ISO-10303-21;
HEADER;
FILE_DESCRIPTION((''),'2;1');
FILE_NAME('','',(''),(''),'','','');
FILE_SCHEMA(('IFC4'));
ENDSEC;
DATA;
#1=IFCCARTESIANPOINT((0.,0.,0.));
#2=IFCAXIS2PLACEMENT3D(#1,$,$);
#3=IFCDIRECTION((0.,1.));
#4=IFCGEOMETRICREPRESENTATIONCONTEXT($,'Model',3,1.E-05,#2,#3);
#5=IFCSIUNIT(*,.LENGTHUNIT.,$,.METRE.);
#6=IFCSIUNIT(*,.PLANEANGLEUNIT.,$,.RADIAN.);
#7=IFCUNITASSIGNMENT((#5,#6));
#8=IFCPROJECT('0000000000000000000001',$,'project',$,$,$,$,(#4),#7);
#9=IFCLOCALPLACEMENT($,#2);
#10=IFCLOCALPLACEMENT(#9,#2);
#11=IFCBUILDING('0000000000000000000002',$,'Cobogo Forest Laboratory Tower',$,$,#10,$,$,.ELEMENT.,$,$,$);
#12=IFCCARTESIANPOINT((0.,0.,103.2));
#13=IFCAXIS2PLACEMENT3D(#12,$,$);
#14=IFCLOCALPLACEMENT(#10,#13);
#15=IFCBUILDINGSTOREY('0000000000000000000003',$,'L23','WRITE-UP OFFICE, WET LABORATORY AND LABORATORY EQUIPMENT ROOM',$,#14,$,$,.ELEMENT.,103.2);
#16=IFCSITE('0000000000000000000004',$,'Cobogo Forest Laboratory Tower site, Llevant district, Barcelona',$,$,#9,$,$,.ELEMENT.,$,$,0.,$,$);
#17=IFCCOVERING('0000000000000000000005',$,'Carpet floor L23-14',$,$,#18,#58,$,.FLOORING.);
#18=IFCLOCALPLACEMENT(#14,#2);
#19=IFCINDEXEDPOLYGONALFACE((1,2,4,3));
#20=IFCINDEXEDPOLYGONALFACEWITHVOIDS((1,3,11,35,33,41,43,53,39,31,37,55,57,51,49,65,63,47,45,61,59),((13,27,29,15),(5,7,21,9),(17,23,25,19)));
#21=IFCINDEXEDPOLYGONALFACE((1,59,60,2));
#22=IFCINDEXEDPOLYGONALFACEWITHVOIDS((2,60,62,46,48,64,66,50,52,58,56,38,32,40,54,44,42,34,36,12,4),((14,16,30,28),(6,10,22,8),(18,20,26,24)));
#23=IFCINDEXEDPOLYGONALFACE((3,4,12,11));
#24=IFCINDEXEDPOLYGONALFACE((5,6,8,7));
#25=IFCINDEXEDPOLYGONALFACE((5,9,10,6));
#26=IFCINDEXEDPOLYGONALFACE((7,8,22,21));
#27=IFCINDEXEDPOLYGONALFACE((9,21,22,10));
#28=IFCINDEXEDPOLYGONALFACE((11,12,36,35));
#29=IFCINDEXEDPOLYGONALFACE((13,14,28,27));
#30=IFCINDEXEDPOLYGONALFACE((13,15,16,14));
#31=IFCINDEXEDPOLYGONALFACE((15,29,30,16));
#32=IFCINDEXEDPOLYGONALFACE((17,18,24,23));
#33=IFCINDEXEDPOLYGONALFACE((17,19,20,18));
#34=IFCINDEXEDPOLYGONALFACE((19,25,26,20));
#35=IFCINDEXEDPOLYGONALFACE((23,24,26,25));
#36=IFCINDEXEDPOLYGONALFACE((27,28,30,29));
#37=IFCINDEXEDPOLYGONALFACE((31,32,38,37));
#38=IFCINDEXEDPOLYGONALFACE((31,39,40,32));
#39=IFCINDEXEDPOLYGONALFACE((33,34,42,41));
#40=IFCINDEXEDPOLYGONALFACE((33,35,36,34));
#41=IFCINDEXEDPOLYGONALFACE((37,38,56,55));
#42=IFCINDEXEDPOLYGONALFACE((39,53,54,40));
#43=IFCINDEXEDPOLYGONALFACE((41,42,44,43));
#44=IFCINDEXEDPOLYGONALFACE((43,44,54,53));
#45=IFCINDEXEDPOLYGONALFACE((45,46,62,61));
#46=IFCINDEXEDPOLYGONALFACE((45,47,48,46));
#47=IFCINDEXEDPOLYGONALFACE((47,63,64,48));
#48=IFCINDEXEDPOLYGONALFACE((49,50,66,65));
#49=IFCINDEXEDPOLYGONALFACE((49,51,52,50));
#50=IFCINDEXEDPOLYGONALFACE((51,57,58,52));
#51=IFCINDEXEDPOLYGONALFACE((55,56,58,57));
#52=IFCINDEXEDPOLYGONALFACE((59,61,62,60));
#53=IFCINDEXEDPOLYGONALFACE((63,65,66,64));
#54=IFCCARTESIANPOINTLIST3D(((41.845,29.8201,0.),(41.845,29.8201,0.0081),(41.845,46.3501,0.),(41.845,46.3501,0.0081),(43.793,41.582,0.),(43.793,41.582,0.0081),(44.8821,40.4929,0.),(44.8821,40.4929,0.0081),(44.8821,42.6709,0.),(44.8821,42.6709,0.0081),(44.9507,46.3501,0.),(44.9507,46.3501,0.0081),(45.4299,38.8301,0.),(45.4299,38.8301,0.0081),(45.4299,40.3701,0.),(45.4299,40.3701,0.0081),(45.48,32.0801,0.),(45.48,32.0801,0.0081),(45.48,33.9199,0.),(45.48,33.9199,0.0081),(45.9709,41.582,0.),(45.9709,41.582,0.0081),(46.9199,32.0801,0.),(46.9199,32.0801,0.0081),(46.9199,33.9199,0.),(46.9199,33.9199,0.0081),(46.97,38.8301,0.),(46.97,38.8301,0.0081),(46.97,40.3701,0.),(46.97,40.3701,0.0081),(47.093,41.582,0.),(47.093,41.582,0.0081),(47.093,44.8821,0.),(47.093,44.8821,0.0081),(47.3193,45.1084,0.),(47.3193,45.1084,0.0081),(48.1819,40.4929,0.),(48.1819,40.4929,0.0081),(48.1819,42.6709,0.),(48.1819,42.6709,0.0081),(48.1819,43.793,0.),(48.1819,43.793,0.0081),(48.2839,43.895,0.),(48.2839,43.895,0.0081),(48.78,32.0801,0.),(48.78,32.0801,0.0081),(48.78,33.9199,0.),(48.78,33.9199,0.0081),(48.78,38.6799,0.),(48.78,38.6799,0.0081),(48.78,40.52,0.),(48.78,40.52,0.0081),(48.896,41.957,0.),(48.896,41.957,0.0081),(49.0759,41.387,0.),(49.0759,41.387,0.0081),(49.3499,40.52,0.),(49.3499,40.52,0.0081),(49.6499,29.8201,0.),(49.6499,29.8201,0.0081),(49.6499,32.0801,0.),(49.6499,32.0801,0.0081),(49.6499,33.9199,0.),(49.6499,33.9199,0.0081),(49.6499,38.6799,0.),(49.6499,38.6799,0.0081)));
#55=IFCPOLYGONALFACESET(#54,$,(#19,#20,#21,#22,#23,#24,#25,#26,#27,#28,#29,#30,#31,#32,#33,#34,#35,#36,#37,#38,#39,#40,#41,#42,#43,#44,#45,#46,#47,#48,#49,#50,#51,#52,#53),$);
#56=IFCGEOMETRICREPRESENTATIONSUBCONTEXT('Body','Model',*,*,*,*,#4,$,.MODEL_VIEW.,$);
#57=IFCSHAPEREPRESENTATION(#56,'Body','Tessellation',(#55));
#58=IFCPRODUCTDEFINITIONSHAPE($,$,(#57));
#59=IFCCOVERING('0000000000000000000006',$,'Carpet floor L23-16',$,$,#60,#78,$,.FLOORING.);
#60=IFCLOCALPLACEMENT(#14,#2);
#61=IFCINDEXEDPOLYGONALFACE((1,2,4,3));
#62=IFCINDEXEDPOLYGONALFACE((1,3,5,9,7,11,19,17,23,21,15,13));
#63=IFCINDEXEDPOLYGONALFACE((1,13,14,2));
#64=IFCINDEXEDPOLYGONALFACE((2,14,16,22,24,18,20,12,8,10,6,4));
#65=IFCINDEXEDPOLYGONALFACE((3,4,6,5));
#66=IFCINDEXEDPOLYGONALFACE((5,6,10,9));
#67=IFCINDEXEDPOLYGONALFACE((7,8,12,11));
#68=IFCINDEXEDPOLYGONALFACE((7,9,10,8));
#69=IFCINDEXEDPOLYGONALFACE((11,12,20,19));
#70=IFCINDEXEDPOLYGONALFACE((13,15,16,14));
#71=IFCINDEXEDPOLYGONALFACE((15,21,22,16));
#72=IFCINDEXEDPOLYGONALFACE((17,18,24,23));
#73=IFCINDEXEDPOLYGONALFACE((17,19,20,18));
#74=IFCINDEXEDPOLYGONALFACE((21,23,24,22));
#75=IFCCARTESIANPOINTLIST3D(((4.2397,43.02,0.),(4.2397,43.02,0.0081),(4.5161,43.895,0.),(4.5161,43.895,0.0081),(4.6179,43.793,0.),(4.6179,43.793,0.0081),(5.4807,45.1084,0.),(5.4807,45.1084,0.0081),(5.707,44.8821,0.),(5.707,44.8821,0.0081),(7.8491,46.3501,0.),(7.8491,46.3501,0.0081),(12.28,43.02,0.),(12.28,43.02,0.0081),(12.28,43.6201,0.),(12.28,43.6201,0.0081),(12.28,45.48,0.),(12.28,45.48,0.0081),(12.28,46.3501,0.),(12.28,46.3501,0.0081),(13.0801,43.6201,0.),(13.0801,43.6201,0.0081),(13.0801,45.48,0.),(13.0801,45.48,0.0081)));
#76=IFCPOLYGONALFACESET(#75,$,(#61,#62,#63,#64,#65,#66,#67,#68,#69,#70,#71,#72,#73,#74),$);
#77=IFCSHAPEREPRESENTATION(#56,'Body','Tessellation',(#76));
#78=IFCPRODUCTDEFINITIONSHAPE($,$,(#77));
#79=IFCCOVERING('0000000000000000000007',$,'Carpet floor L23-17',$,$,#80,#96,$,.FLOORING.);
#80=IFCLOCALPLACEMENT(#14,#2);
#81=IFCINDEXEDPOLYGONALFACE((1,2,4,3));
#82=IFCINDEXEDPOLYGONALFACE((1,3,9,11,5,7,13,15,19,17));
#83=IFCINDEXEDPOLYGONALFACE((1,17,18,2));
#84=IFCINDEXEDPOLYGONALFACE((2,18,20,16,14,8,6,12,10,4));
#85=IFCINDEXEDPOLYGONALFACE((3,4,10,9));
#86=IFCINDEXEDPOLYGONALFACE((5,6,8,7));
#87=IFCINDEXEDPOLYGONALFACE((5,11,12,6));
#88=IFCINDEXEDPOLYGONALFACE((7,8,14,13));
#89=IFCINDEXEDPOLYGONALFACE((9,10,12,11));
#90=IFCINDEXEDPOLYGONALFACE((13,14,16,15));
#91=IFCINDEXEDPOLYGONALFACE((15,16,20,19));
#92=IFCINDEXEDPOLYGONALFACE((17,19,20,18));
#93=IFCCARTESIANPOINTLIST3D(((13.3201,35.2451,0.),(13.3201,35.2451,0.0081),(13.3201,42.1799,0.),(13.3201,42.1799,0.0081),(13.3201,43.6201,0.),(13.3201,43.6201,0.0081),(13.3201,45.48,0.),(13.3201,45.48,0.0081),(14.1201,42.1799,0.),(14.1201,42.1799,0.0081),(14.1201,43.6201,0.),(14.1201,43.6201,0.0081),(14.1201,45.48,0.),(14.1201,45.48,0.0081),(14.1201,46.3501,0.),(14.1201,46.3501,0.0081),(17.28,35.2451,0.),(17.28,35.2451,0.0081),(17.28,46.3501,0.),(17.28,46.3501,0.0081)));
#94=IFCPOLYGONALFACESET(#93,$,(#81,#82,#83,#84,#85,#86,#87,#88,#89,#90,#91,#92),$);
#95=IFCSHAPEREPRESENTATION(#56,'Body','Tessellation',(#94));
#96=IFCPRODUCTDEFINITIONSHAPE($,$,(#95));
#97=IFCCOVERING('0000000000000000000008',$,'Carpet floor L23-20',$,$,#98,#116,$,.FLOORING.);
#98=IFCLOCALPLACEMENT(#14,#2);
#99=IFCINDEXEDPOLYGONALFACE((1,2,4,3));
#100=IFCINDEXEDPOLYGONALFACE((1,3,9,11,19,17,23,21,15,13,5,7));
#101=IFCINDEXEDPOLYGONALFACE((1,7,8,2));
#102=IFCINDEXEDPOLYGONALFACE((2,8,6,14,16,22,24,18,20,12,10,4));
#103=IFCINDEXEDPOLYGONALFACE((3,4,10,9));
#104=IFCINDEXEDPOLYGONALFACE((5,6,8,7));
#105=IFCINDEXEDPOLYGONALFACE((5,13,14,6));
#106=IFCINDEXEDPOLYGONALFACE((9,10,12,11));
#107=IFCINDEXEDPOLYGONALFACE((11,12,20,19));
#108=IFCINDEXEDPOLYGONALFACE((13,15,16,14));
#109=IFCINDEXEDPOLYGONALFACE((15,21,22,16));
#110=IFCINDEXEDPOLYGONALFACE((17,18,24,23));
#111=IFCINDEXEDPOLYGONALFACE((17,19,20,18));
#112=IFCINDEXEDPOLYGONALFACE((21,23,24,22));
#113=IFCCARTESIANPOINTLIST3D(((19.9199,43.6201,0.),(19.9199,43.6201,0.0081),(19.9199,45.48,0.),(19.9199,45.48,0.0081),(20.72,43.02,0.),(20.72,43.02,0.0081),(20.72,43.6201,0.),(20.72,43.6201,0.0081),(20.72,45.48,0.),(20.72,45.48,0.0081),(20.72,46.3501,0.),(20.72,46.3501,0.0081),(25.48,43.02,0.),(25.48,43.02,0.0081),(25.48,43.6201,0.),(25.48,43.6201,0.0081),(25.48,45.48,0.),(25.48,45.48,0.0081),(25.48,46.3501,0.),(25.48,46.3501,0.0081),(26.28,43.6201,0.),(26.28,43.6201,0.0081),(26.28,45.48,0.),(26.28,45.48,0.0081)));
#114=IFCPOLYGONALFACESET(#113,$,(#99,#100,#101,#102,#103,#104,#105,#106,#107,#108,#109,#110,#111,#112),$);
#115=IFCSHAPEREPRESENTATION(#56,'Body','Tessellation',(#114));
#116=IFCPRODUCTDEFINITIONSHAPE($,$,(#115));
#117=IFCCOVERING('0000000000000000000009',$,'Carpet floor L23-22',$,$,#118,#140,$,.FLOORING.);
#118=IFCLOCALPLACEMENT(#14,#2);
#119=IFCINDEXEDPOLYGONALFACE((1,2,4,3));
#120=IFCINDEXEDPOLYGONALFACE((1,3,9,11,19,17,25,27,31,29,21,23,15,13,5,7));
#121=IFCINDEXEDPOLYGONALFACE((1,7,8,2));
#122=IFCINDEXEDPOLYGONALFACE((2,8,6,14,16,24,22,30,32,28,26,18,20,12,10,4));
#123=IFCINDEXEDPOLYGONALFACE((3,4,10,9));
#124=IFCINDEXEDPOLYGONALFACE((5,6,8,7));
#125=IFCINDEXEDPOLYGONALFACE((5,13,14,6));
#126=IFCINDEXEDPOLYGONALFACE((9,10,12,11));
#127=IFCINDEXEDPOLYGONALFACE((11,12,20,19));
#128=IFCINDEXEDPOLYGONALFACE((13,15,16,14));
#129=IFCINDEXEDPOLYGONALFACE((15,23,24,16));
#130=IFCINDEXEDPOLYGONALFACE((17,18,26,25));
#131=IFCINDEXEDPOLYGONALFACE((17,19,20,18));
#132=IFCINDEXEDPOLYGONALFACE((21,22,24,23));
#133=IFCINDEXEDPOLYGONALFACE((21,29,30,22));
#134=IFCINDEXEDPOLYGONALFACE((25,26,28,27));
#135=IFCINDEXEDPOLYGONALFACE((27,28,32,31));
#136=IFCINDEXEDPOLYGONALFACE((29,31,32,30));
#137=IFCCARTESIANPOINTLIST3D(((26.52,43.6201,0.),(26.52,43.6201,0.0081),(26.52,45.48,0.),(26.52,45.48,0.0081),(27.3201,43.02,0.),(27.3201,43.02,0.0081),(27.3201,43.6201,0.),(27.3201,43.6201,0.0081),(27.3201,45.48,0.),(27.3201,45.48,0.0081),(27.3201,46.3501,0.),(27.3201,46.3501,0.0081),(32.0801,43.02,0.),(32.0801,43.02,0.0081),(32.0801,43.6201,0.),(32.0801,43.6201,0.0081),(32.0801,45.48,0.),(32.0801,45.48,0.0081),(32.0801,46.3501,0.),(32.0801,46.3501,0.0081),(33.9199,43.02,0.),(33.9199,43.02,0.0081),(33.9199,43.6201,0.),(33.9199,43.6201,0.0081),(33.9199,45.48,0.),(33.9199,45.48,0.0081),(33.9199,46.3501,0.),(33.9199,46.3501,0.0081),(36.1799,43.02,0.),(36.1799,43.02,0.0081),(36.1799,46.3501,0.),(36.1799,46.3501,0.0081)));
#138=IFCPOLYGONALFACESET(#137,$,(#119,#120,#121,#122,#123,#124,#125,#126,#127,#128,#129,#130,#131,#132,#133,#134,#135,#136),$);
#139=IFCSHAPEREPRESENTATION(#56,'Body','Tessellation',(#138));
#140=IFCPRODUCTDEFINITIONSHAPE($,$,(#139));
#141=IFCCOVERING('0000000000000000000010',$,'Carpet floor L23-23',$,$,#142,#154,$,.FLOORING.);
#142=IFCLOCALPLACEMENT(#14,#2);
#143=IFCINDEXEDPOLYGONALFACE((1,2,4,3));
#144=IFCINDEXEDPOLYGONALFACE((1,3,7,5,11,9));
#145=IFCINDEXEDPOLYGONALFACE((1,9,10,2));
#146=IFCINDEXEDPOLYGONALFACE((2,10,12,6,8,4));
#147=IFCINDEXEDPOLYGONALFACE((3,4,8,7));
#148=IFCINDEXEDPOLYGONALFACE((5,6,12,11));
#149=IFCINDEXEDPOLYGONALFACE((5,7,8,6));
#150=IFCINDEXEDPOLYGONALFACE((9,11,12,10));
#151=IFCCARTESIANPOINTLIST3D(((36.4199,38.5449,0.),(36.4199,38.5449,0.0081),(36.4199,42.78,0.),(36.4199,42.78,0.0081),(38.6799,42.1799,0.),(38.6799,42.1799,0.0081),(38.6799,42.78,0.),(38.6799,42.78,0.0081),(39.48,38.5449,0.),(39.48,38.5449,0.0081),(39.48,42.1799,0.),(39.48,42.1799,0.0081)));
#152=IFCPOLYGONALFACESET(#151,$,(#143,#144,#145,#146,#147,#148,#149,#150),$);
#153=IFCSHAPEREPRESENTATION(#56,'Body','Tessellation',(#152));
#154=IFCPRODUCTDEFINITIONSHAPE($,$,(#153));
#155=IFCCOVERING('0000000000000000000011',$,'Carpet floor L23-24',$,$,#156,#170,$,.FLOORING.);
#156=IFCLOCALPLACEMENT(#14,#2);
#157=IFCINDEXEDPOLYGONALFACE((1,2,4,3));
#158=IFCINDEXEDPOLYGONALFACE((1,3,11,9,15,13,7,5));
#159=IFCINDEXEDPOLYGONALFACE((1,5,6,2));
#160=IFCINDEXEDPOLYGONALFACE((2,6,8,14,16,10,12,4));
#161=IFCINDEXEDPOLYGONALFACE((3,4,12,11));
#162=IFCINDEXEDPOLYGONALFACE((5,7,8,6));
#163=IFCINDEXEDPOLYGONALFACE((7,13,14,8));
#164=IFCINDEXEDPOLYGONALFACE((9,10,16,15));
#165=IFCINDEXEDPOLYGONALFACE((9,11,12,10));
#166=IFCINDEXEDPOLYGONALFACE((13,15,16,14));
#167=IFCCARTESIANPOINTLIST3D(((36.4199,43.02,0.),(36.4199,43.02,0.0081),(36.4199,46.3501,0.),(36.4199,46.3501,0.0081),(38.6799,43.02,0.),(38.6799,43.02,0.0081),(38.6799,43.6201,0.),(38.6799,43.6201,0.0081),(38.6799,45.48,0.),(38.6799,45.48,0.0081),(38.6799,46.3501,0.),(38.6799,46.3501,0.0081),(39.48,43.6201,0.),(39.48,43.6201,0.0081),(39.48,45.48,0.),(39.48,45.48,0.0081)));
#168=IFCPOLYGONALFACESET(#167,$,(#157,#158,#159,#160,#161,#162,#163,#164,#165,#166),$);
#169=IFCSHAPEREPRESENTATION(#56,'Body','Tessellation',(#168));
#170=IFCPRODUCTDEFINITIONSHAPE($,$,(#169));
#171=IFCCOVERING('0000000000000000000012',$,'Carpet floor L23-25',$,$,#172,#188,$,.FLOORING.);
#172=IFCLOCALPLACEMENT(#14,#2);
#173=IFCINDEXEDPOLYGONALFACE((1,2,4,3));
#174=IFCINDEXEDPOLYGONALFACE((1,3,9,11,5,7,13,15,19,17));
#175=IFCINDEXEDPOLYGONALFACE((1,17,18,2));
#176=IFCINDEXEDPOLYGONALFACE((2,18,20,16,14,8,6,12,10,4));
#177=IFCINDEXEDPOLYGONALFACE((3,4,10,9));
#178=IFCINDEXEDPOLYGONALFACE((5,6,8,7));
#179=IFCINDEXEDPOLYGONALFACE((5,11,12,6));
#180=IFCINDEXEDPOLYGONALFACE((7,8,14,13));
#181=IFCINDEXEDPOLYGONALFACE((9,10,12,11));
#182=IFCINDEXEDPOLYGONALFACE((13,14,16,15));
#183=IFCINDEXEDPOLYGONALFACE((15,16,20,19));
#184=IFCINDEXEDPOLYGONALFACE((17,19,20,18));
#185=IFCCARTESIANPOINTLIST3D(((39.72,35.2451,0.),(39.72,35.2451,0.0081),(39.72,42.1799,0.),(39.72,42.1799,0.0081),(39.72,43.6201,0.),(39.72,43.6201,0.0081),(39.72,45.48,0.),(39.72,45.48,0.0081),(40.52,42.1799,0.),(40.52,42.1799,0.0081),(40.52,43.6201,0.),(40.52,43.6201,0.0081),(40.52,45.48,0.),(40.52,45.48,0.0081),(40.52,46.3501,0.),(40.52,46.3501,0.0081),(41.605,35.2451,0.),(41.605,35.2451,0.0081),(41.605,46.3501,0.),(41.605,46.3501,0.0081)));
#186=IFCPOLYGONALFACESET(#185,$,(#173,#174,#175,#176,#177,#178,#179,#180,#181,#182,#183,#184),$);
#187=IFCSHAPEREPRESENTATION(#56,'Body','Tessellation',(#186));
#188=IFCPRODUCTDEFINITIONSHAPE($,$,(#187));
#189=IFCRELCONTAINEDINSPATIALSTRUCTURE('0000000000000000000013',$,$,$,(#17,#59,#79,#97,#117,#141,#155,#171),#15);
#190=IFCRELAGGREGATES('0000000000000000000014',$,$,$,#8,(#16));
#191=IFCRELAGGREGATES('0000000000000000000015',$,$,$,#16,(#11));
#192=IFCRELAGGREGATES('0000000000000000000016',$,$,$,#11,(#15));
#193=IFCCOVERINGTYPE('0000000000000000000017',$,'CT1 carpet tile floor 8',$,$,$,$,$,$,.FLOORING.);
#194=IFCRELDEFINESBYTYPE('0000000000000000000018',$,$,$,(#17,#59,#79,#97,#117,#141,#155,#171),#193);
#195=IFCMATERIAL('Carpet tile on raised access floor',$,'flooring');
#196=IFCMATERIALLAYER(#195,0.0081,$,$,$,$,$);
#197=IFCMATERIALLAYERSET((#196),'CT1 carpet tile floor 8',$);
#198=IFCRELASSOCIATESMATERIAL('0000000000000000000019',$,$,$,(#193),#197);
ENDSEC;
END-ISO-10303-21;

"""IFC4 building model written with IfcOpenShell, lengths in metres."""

from ifc_helpers import new_model, si_unit, direction, frame, origin, place, context, subcontext, project, spatial, polyline, outline, extrude, material, layer, layer_set, type_object, element, save


model = new_model("IFC4")

# Units and contexts
model_context = context("Model", 3, precision=1e-05, world=origin(), true_north=direction((0.0, 1.0)))
body_context = subcontext(model_context, "Body", "Model", "MODEL_VIEW")
ifc_project = project(units=[si_unit("LENGTHUNIT", "METRE"), si_unit("PLANEANGLEUNIT", "RADIAN")], contexts=[model_context])

# Site, building, storey
site_placement = place(None, origin())
site = spatial("IfcSite", under=ifc_project, at=site_placement, Name="Cobogo Forest Laboratory Tower site, Llevant district, Barcelona", CompositionType="ELEMENT", RefElevation=0.0)
building_placement = place(site_placement, origin())
building = spatial("IfcBuilding", under=site, at=building_placement, Name="Cobogo Forest Laboratory Tower", CompositionType="ELEMENT")
storey_placement = place(building_placement, frame((0.0, 0.0, 103.2)))
storey = spatial("IfcBuildingStorey", under=building, at=storey_placement, Name="L23", Description="WRITE-UP OFFICE, WET LABORATORY AND LABORATORY EQUIPMENT ROOM", CompositionType="ELEMENT", Elevation=103.2)

# Coverings
ifc_material_1 = material(Name="Carpet tile on raised access floor", Category="flooring")
ifc_layer_1 = layer(ifc_material_1, 0.0081)
ifc_layer_set_1 = layer_set([ifc_layer_1], Name="CT1 carpet tile floor 8")
covering_type_1 = type_object("IfcCoveringType", Name="CT1 carpet tile floor 8", PredefinedType="FLOORING", material=ifc_layer_set_1)
covering_1_placement = place(storey_placement, origin())
element("IfcCovering", 1, at=covering_1_placement, inside=storey, type_object=covering_type_1, Name="Carpet floor L23-14", PredefinedType="FLOORING", context=body_context, shape_type="SweptSolid", body=[
    extrude(outline(polyline([(41.845, 46.3501), (44.9507, 46.3501), (47.3193, 45.1084), (47.093, 44.8821), (48.1819, 43.793), (48.2839, 43.895), (48.896, 41.957), (48.1819, 42.6709), (47.093, 41.582), (48.1819, 40.4929), (49.0759, 41.387), (49.3499, 40.52), (48.78, 40.52), (48.78, 38.6799), (49.6499, 38.6799), (49.6499, 33.9199), (48.78, 33.9199), (48.78, 32.0801), (49.6499, 32.0801), (49.6499, 29.8201), (41.845, 29.8201), (41.845, 46.3501)]), holes=[polyline([(45.4299, 40.3701), (45.4299, 38.8301), (46.97, 38.8301), (46.97, 40.3701), (45.4299, 40.3701)]), polyline([(46.9199, 32.0801), (46.9199, 33.9199), (45.48, 33.9199), (45.48, 32.0801), (46.9199, 32.0801)]), polyline([(43.793, 41.582), (44.8821, 40.4929), (45.9709, 41.582), (44.8821, 42.6709), (43.793, 41.582)])]), origin(), (0.0, 0.0, 1.0), 0.0081),
])
covering_2_placement = place(storey_placement, origin())
element("IfcCovering", 2, at=covering_2_placement, inside=storey, type_object=covering_type_1, Name="Carpet floor L23-16", PredefinedType="FLOORING", context=body_context, shape_type="SweptSolid", body=[
    extrude(outline(polyline([(4.2397, 43.02), (4.5161, 43.895), (4.6179, 43.793), (5.707, 44.8821), (5.4807, 45.1084), (7.8491, 46.3501), (12.28, 46.3501), (12.28, 45.48), (13.0801, 45.48), (13.0801, 43.6201), (12.28, 43.6201), (12.28, 43.02), (4.2397, 43.02)])), origin(), (0.0, 0.0, 1.0), 0.0081),
])
covering_3_placement = place(storey_placement, origin())
element("IfcCovering", 3, at=covering_3_placement, inside=storey, type_object=covering_type_1, Name="Carpet floor L23-17", PredefinedType="FLOORING", context=body_context, shape_type="SweptSolid", body=[
    extrude(outline(polyline([(13.3201, 35.2451), (13.3201, 42.1799), (14.1201, 42.1799), (14.1201, 43.6201), (13.3201, 43.6201), (13.3201, 45.48), (14.1201, 45.48), (14.1201, 46.3501), (17.28, 46.3501), (17.28, 35.2451), (13.3201, 35.2451)])), origin(), (0.0, 0.0, 1.0), 0.0081),
])
covering_4_placement = place(storey_placement, origin())
element("IfcCovering", 4, at=covering_4_placement, inside=storey, type_object=covering_type_1, Name="Carpet floor L23-20", PredefinedType="FLOORING", context=body_context, shape_type="SweptSolid", body=[
    extrude(outline(polyline([(20.72, 43.02), (20.72, 43.6201), (19.9199, 43.6201), (19.9199, 45.48), (20.72, 45.48), (20.72, 46.3501), (25.48, 46.3501), (25.48, 45.48), (26.28, 45.48), (26.28, 43.6201), (25.48, 43.6201), (25.48, 43.02), (20.72, 43.02)])), origin(), (0.0, 0.0, 1.0), 0.0081),
])
covering_5_placement = place(storey_placement, origin())
element("IfcCovering", 5, at=covering_5_placement, inside=storey, type_object=covering_type_1, Name="Carpet floor L23-22", PredefinedType="FLOORING", context=body_context, shape_type="SweptSolid", body=[
    extrude(outline(polyline([(33.9199, 43.02), (33.9199, 43.6201), (32.0801, 43.6201), (32.0801, 43.02), (27.3201, 43.02), (27.3201, 43.6201), (26.52, 43.6201), (26.52, 45.48), (27.3201, 45.48), (27.3201, 46.3501), (32.0801, 46.3501), (32.0801, 45.48), (33.9199, 45.48), (33.9199, 46.3501), (36.1799, 46.3501), (36.1799, 43.02), (33.9199, 43.02)])), origin(), (0.0, 0.0, 1.0), 0.0081),
])
covering_6_placement = place(storey_placement, origin())
element("IfcCovering", 6, at=covering_6_placement, inside=storey, type_object=covering_type_1, Name="Carpet floor L23-23", PredefinedType="FLOORING", context=body_context, shape_type="SweptSolid", body=[
    extrude(outline(polyline([(36.4199, 42.78), (38.6799, 42.78), (38.6799, 42.1799), (39.48, 42.1799), (39.48, 38.5449), (36.4199, 38.5449), (36.4199, 42.78)])), origin(), (0.0, 0.0, 1.0), 0.0081),
])
covering_7_placement = place(storey_placement, origin())
element("IfcCovering", 7, at=covering_7_placement, inside=storey, type_object=covering_type_1, Name="Carpet floor L23-24", PredefinedType="FLOORING", context=body_context, shape_type="SweptSolid", body=[
    extrude(outline(polyline([(36.4199, 43.02), (36.4199, 46.3501), (38.6799, 46.3501), (38.6799, 45.48), (39.48, 45.48), (39.48, 43.6201), (38.6799, 43.6201), (38.6799, 43.02), (36.4199, 43.02)])), origin(), (0.0, 0.0, 1.0), 0.0081),
])
covering_8_placement = place(storey_placement, origin())
element("IfcCovering", 8, at=covering_8_placement, inside=storey, type_object=covering_type_1, Name="Carpet floor L23-25", PredefinedType="FLOORING", context=body_context, shape_type="SweptSolid", body=[
    extrude(outline(polyline([(39.72, 35.2451), (39.72, 42.1799), (40.52, 42.1799), (40.52, 43.6201), (39.72, 43.6201), (39.72, 45.48), (40.52, 45.48), (40.52, 46.3501), (41.605, 46.3501), (41.605, 35.2451), (39.72, 35.2451)])), origin(), (0.0, 0.0, 1.0), 0.0081),
])

save(model, "model.ifc")
